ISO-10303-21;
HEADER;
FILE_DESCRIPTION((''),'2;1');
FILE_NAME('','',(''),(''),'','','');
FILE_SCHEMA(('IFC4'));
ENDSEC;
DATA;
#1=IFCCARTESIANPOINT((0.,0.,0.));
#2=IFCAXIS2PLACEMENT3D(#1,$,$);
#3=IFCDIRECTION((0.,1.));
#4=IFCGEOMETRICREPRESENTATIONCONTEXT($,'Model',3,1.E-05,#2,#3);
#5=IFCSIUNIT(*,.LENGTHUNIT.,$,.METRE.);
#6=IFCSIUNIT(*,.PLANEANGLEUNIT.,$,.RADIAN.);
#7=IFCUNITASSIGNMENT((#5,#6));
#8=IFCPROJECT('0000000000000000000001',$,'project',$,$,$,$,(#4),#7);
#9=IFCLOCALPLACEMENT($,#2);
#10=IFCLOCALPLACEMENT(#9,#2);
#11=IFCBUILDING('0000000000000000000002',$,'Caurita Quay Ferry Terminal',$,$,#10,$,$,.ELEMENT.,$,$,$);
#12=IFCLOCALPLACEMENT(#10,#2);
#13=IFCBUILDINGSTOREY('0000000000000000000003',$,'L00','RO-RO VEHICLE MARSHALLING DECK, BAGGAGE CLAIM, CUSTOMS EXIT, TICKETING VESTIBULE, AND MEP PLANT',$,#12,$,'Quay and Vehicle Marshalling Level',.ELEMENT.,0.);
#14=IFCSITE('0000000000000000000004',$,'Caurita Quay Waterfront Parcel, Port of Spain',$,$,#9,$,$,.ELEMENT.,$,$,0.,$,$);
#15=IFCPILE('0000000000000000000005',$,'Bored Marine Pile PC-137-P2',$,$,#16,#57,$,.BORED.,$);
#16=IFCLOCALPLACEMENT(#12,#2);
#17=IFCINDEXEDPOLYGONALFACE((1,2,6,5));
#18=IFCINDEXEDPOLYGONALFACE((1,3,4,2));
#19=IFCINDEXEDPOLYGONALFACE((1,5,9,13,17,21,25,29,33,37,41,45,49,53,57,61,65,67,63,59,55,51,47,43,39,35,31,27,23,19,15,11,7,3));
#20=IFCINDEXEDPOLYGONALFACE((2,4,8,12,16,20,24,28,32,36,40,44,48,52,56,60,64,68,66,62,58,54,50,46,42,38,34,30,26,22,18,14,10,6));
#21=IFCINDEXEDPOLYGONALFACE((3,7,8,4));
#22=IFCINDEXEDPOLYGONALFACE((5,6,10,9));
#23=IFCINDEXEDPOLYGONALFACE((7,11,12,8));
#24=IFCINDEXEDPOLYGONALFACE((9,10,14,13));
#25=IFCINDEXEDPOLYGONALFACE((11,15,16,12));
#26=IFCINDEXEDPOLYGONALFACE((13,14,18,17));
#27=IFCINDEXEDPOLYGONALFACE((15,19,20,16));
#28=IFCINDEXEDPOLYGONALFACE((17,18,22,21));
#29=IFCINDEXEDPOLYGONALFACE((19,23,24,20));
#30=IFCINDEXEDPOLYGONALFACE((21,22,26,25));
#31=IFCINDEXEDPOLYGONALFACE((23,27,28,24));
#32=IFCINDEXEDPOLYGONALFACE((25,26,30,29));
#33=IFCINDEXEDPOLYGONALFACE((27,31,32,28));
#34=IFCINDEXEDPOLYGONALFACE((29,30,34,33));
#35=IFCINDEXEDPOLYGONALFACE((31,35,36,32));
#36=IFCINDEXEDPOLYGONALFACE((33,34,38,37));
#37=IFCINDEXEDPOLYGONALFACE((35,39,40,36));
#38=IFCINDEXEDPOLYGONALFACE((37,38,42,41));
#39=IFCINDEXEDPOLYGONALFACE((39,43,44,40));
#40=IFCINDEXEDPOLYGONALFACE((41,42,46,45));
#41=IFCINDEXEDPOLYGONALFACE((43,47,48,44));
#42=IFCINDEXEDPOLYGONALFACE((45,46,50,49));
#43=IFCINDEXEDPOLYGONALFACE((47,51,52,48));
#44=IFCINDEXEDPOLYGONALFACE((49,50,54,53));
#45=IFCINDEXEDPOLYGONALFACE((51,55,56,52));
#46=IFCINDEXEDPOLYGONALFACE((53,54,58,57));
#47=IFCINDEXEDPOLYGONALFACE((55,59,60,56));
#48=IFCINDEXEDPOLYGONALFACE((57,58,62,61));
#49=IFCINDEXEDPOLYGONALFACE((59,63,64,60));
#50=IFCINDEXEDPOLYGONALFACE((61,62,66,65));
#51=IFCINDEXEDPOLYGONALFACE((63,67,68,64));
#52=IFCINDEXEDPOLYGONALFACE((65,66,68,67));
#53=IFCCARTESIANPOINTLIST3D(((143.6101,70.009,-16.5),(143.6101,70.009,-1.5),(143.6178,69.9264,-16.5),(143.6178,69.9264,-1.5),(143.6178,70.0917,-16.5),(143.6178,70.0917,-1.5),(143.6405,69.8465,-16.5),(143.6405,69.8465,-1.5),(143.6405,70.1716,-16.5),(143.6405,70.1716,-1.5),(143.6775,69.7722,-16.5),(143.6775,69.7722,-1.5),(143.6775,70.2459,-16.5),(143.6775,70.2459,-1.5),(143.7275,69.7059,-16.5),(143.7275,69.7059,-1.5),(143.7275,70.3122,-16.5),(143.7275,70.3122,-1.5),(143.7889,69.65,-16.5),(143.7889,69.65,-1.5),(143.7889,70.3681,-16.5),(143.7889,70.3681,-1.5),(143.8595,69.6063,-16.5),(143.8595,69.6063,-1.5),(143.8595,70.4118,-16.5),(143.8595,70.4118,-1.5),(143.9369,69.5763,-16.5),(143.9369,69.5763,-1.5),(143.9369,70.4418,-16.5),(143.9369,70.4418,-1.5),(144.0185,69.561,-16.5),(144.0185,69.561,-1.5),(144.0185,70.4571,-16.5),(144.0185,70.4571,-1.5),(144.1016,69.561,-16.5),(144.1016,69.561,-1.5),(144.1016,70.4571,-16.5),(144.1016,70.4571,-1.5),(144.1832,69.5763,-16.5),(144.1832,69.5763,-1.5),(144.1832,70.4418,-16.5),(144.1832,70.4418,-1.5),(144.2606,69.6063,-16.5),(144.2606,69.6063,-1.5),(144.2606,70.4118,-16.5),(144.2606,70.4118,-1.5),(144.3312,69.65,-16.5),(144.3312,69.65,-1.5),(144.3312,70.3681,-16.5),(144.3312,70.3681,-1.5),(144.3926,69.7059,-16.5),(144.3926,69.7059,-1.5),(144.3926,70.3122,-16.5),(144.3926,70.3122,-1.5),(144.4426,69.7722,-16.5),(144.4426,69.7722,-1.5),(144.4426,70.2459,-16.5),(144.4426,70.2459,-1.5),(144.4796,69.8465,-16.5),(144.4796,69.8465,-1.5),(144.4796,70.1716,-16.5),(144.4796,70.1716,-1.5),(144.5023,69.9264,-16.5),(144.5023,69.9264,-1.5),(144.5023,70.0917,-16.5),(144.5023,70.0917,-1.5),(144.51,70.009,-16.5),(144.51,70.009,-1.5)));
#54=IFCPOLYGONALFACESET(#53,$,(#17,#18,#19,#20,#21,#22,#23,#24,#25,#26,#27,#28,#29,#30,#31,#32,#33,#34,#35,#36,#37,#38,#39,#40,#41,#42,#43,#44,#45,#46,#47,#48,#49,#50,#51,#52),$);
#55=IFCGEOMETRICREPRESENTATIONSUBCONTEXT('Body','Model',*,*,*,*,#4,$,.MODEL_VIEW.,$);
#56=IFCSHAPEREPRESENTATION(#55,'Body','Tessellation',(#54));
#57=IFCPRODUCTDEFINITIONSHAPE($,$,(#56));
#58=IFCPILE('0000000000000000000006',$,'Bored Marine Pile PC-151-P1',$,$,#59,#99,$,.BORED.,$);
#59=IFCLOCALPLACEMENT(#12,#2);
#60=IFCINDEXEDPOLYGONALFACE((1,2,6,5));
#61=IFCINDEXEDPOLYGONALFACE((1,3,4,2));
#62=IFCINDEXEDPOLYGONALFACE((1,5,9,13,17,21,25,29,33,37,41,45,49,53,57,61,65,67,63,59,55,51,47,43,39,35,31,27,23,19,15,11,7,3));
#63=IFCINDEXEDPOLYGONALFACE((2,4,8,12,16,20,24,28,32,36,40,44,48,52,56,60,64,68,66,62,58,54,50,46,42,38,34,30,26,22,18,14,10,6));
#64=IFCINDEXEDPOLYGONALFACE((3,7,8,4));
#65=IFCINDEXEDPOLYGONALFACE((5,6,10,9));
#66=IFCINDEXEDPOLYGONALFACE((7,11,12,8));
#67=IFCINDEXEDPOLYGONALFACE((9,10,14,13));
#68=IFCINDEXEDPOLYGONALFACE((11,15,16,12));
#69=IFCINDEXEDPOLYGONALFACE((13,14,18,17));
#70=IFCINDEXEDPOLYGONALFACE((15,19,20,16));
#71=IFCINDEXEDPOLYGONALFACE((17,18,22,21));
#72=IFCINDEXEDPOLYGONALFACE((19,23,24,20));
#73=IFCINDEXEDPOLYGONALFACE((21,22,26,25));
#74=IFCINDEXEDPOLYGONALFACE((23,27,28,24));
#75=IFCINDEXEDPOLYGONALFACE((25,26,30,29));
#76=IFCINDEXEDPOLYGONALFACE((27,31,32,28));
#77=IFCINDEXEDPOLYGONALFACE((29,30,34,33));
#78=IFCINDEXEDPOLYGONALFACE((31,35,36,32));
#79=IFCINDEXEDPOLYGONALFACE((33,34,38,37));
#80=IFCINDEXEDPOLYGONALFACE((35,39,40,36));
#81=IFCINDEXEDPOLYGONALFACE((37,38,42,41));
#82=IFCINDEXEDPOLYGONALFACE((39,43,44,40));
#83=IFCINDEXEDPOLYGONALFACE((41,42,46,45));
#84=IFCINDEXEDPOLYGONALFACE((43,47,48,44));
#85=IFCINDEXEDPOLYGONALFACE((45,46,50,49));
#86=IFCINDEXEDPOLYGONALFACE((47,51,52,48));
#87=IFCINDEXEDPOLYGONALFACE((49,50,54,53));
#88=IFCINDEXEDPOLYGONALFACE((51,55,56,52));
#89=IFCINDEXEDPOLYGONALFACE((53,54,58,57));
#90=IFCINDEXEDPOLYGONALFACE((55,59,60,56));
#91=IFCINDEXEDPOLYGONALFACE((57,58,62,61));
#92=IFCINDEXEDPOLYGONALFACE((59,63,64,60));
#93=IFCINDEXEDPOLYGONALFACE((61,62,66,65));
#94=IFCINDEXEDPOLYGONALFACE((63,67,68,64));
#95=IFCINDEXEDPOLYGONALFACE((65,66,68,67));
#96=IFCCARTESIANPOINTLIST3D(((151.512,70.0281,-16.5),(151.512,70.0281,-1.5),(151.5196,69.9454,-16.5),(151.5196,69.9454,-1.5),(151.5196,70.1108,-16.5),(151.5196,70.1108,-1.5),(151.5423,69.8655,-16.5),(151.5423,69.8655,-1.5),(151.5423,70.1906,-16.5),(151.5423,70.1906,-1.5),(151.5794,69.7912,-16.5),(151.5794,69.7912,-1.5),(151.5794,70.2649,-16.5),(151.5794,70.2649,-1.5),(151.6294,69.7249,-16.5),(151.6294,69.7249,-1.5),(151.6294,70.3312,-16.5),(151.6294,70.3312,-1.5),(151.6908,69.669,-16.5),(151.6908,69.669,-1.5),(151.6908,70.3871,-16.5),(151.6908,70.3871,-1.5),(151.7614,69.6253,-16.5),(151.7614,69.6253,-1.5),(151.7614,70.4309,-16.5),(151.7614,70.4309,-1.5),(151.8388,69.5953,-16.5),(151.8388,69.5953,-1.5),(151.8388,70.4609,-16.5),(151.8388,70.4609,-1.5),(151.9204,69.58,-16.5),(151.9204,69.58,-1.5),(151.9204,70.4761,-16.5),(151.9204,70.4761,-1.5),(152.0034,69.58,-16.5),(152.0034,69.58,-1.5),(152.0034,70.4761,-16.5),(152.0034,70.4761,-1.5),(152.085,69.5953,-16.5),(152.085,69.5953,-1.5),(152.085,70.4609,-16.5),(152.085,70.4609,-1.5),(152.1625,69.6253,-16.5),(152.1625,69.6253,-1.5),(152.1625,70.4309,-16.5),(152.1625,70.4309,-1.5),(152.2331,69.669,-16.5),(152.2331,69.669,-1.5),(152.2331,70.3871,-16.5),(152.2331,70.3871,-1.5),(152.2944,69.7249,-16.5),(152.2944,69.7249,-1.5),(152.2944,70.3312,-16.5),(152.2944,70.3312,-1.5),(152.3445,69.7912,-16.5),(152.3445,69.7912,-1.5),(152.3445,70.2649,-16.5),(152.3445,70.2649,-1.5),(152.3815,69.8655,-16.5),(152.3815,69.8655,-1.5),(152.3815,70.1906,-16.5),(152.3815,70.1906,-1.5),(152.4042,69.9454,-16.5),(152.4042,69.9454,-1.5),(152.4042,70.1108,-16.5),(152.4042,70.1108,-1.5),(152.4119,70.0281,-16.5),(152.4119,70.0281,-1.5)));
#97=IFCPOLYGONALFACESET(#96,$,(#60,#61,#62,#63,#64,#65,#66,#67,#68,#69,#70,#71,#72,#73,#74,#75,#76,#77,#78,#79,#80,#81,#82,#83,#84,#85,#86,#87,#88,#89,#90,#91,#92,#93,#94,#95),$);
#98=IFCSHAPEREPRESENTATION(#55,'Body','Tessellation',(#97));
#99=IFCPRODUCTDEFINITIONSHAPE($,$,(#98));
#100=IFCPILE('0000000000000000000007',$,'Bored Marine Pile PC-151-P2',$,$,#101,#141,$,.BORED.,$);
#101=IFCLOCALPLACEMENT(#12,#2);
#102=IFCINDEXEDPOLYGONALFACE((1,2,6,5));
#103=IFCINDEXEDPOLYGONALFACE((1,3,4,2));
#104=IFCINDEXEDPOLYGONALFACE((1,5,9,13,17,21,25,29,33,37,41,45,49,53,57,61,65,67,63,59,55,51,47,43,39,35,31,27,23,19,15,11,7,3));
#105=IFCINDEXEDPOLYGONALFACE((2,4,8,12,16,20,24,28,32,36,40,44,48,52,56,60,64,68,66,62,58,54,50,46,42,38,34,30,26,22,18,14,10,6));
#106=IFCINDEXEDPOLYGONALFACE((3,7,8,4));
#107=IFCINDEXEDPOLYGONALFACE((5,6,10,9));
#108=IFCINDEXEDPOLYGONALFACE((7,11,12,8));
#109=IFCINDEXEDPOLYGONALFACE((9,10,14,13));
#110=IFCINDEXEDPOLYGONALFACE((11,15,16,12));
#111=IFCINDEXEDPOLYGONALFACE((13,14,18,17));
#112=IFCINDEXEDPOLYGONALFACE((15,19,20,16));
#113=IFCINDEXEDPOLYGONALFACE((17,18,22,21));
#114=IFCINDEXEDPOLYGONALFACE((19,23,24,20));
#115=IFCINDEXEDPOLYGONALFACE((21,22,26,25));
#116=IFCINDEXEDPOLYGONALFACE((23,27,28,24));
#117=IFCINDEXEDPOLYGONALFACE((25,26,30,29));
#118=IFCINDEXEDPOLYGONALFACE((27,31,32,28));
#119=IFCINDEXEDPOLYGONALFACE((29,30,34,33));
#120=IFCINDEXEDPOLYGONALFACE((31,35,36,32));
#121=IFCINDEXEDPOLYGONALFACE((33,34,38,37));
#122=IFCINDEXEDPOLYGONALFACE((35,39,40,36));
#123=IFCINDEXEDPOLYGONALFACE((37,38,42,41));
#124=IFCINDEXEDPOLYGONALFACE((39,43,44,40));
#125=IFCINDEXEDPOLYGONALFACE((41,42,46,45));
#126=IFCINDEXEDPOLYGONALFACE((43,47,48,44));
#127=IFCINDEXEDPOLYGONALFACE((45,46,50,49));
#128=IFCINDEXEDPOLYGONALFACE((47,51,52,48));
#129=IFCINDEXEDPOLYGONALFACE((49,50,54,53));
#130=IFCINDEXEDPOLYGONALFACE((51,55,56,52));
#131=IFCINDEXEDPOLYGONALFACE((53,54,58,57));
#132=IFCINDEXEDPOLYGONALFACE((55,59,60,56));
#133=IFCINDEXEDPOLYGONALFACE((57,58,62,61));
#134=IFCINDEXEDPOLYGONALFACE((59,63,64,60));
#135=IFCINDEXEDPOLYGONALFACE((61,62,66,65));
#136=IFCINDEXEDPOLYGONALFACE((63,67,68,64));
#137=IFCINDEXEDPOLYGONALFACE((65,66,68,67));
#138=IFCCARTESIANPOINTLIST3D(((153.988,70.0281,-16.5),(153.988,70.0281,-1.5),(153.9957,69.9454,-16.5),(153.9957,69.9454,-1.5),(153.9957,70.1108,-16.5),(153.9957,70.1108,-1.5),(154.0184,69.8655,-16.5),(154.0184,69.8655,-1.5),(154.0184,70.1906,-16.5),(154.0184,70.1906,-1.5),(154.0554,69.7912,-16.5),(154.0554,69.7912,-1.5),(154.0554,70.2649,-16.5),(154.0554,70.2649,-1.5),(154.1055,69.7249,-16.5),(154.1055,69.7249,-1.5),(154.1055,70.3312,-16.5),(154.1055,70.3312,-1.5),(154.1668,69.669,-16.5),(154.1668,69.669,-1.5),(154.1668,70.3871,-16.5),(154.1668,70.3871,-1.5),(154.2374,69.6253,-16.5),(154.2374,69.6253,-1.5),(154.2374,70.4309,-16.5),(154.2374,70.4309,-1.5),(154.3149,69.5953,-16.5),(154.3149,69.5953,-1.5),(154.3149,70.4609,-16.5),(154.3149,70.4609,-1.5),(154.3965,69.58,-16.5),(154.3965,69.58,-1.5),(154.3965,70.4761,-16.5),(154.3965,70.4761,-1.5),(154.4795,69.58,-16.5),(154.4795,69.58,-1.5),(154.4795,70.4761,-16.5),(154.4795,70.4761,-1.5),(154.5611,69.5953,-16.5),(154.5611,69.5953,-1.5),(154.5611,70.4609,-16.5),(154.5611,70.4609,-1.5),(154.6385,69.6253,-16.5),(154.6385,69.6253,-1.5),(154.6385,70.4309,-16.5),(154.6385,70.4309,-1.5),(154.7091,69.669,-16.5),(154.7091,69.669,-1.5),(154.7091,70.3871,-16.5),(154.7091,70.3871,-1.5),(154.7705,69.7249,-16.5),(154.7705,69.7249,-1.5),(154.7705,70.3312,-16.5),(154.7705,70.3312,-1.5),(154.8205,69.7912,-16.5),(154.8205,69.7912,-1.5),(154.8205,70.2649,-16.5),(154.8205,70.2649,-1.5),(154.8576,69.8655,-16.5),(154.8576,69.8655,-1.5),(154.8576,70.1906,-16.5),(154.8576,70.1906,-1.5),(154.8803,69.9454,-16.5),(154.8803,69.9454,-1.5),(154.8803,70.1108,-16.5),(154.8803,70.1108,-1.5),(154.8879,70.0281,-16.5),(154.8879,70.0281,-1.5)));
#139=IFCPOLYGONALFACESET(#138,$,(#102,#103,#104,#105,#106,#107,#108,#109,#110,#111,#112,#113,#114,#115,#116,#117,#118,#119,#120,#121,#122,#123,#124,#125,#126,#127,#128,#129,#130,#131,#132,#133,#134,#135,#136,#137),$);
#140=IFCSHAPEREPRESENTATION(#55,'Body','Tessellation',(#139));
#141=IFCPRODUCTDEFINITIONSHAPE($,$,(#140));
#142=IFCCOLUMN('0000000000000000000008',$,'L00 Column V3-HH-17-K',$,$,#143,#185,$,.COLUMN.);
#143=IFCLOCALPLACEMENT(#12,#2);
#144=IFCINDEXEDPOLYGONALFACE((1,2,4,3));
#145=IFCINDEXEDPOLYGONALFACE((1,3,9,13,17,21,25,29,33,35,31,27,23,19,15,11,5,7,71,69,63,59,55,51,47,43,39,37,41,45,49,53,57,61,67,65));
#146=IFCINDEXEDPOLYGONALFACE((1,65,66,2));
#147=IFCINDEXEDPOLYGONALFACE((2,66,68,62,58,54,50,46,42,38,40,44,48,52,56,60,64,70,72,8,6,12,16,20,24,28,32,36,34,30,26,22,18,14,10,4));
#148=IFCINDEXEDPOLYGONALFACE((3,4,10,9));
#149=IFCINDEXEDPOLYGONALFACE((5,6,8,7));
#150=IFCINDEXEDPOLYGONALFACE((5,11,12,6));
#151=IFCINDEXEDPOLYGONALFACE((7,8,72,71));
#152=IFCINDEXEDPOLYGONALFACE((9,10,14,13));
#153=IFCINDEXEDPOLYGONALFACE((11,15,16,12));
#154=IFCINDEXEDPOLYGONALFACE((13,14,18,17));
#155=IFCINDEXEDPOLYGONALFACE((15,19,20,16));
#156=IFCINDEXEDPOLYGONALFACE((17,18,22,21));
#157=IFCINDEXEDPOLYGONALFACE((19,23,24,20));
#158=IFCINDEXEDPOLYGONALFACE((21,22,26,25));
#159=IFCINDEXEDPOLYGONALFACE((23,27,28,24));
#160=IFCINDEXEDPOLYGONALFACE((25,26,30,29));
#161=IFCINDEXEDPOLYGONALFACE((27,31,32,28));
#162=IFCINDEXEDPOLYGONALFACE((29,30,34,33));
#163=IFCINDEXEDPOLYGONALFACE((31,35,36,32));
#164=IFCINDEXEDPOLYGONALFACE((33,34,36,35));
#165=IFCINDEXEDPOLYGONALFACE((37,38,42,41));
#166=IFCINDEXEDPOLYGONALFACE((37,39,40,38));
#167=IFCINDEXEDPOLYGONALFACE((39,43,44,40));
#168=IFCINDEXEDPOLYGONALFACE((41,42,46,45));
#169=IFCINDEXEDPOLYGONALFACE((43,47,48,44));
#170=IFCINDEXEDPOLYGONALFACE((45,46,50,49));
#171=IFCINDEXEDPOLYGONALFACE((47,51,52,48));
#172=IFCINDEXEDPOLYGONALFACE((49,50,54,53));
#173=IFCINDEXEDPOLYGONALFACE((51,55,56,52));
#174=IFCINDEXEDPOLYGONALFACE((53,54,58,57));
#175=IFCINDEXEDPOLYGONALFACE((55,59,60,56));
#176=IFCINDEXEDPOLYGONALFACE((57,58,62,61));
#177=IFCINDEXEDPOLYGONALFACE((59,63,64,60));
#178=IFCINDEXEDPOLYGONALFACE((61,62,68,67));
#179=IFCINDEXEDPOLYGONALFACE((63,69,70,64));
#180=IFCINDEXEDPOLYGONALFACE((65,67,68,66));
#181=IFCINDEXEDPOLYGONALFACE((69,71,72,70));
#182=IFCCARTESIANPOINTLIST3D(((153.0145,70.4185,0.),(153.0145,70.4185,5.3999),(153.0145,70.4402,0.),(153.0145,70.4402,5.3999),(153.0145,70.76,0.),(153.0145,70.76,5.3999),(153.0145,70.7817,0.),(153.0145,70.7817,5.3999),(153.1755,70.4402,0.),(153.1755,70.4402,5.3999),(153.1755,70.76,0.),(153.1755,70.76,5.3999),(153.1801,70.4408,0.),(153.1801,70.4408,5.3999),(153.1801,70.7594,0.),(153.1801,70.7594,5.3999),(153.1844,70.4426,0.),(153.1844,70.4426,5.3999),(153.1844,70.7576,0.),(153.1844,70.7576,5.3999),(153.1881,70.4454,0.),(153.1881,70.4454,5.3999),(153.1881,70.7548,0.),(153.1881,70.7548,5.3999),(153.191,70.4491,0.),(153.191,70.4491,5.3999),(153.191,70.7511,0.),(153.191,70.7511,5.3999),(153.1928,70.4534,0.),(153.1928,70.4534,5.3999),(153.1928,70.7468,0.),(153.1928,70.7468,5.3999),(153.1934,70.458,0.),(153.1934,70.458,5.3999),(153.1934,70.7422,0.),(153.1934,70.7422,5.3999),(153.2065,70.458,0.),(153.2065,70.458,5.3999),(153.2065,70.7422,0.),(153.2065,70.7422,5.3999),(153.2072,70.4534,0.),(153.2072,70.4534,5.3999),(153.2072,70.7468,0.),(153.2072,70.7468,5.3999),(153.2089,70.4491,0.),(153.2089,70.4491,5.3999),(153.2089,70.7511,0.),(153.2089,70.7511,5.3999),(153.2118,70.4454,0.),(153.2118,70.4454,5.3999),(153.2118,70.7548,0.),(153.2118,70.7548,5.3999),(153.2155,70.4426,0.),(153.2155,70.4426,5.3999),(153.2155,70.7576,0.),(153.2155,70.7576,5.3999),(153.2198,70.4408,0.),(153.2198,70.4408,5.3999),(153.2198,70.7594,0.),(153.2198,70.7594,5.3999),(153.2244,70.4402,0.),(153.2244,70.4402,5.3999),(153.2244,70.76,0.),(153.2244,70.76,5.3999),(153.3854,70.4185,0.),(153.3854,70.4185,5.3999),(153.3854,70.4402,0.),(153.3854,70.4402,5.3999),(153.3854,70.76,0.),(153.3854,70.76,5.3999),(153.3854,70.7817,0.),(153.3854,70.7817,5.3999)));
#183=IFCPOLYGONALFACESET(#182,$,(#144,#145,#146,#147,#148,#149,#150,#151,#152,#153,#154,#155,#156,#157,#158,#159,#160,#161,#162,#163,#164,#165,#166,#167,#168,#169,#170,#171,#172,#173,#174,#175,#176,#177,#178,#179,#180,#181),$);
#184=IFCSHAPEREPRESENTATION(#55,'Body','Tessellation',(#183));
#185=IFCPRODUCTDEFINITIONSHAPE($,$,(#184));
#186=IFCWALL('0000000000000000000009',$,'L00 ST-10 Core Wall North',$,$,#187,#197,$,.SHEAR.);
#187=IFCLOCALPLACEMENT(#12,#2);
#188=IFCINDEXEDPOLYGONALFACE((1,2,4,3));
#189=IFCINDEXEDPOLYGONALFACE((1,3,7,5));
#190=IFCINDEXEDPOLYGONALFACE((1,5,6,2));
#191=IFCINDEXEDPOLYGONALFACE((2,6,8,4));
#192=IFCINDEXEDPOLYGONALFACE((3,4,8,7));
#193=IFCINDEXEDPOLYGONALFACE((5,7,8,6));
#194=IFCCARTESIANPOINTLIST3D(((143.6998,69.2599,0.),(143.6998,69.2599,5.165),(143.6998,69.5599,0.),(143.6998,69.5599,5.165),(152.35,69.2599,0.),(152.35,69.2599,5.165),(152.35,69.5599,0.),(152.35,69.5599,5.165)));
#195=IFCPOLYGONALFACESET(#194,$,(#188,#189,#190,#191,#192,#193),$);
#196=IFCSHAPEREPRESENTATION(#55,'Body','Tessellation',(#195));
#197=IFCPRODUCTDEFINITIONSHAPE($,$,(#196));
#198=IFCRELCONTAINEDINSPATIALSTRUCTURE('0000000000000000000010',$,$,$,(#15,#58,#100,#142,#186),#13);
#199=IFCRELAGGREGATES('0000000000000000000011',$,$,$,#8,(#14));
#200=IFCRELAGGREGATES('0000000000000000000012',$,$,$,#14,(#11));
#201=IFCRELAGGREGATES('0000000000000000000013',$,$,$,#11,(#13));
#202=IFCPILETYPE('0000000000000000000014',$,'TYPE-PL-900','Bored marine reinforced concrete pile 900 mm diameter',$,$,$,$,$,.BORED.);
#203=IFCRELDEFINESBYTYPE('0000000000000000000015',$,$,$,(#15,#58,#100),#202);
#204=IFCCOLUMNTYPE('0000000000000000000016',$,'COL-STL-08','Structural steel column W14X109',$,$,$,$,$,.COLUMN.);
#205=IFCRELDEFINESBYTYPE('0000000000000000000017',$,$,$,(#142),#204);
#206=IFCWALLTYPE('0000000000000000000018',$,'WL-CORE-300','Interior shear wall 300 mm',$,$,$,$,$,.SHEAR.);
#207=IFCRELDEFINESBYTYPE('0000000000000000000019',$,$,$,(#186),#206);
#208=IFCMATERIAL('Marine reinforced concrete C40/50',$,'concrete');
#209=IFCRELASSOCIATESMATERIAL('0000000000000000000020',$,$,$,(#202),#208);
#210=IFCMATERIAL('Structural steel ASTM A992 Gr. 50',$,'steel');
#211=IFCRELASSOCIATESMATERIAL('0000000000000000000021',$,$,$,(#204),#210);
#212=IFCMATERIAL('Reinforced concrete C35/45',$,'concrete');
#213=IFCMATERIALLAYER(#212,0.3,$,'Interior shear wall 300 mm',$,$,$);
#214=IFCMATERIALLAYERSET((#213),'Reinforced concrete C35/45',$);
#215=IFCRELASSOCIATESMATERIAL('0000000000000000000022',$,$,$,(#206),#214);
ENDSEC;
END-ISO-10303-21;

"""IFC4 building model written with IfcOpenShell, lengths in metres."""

from ifc_helpers import new_model, si_unit, direction, frame, frame_2d, origin, origin_2d, place, context, subcontext, project, spatial, rectangle, circle, i_section, extrude, material, layer, layer_set, material_profile, profile_set, type_object, element, save


model = new_model("IFC4")

# Units and contexts
model_context = context("Model", 3, precision=1e-05, world=origin(), true_north=direction((0.0, 1.0)))
body_context = subcontext(model_context, "Body", "Model", "MODEL_VIEW")
ifc_project = project(units=[si_unit("LENGTHUNIT", "METRE"), si_unit("PLANEANGLEUNIT", "RADIAN")], contexts=[model_context])

# Site, building, storey
site_placement = place(None, origin())
site = spatial("IfcSite", under=ifc_project, at=site_placement, Name="Caurita Quay Waterfront Parcel, Port of Spain", CompositionType="ELEMENT", RefElevation=0.0)
building_placement = place(site_placement, origin())
building = spatial("IfcBuilding", under=site, at=building_placement, Name="Caurita Quay Ferry Terminal", CompositionType="ELEMENT")
storey_placement = place(building_placement, origin())
storey = spatial("IfcBuildingStorey", under=building, at=storey_placement, Name="L00", Description="RO-RO VEHICLE MARSHALLING DECK, BAGGAGE CLAIM, CUSTOMS EXIT, TICKETING VESTIBULE, AND MEP PLANT", LongName="Quay and Vehicle Marshalling Level", CompositionType="ELEMENT", Elevation=0.0)

# Piles
ifc_material_1 = material(Name="Marine reinforced concrete C40/50", Category="concrete")
ifc_material_profile_1 = material_profile(ifc_material_1, circle(Radius=0.45, at=origin_2d()), Name="PILE-D900")
ifc_profile_set_1 = profile_set([ifc_material_profile_1], Name="Marine reinforced concrete C40/50")
pile_type = type_object("IfcPileType", Name="TYPE-PL-900", Description="Bored marine reinforced concrete pile 900 mm diameter", PredefinedType="BORED", material=ifc_profile_set_1)
for number, where, z_axis, x_axis, name in (
    (1, (144.0601, 70.009, -1.5), (0.0, 0.0, -1.0), (1.0, 0.0, 0.0), "Bored Marine Pile PC-137-P2"),
    (2, (151.9619, 70.0281, -1.5), (0.0, 0.0, -1.0), (1.0, 0.0, 0.0), "Bored Marine Pile PC-151-P1"),
    (3, (154.438, 70.0281, -1.5), (0.0, 0.0, -1.0), (1.0, 0.0, 0.0), "Bored Marine Pile PC-151-P2"),
):
    element("IfcPile", number, at=place(storey_placement, frame(where, z_axis=z_axis, x_axis=x_axis)), inside=storey, type_object=pile_type, Name=name, PredefinedType="BORED", context=body_context, shape_type="SweptSolid", body=[
        extrude(circle(Radius=0.45, at=origin_2d()), origin(), (0.0, 0.0, 1.0), 15.0),
    ])

# Column
ifc_material_2 = material(Name="Structural steel ASTM A992 Gr. 50", Category="steel")
ifc_material_profile_2 = material_profile(ifc_material_2, i_section(OverallWidth=0.3708, OverallDepth=0.3633, WebThickness=0.0132, FlangeThickness=0.0217, FilletRadius=0.0178, at=origin_2d()), Name="W14X109")
ifc_profile_set_2 = profile_set([ifc_material_profile_2], Name="Structural steel ASTM A992 Gr. 50")
column_type = type_object("IfcColumnType", Name="COL-STL-08", Description="Structural steel column W14X109", PredefinedType="COLUMN", material=ifc_profile_set_2)
column_placement = place(storey_placement, frame((153.2, 70.6001, 0.0), z_axis=(0.0, 0.0, 1.0), x_axis=(1.0, 0.0, 0.0)))
element("IfcColumn", 4, at=column_placement, inside=storey, type_object=column_type, Name="L00 Column V3-HH-17-K", PredefinedType="COLUMN", context=body_context, shape_type="SweptSolid", body=[
    extrude(i_section(OverallWidth=0.3708, OverallDepth=0.3633, WebThickness=0.0132, FlangeThickness=0.0217, FilletRadius=0.0178, at=origin_2d()), origin(), (0.0, 0.0, 1.0), 5.3999),
])

# Wall
ifc_material_3 = material(Name="Reinforced concrete C35/45", Category="concrete")
ifc_layer_1 = layer(ifc_material_3, 0.3, Name="Interior shear wall 300 mm")
ifc_layer_set_1 = layer_set([ifc_layer_1], Name="Reinforced concrete C35/45")
wall_type_1 = type_object("IfcWallType", Name="WL-CORE-300", Description="Interior shear wall 300 mm", PredefinedType="SHEAR", material=ifc_layer_set_1)
wall_1_placement = place(storey_placement, frame((152.3501, 69.4099, 0.0), z_axis=(0.0, 0.0, 1.0), x_axis=(-1.0, 0.0, 0.0)))
element("IfcWall", 5, at=wall_1_placement, inside=storey, type_object=wall_type_1, Name="L00 ST-10 Core Wall North", PredefinedType="SHEAR", context=body_context, shape_type="SweptSolid", body=[
    extrude(rectangle(XDim=8.6501, YDim=0.3, at=frame_2d((4.3252, 0.0))), origin(), (0.0, 0.0, 1.0), 5.165),
])

save(model, "model.ifc")
